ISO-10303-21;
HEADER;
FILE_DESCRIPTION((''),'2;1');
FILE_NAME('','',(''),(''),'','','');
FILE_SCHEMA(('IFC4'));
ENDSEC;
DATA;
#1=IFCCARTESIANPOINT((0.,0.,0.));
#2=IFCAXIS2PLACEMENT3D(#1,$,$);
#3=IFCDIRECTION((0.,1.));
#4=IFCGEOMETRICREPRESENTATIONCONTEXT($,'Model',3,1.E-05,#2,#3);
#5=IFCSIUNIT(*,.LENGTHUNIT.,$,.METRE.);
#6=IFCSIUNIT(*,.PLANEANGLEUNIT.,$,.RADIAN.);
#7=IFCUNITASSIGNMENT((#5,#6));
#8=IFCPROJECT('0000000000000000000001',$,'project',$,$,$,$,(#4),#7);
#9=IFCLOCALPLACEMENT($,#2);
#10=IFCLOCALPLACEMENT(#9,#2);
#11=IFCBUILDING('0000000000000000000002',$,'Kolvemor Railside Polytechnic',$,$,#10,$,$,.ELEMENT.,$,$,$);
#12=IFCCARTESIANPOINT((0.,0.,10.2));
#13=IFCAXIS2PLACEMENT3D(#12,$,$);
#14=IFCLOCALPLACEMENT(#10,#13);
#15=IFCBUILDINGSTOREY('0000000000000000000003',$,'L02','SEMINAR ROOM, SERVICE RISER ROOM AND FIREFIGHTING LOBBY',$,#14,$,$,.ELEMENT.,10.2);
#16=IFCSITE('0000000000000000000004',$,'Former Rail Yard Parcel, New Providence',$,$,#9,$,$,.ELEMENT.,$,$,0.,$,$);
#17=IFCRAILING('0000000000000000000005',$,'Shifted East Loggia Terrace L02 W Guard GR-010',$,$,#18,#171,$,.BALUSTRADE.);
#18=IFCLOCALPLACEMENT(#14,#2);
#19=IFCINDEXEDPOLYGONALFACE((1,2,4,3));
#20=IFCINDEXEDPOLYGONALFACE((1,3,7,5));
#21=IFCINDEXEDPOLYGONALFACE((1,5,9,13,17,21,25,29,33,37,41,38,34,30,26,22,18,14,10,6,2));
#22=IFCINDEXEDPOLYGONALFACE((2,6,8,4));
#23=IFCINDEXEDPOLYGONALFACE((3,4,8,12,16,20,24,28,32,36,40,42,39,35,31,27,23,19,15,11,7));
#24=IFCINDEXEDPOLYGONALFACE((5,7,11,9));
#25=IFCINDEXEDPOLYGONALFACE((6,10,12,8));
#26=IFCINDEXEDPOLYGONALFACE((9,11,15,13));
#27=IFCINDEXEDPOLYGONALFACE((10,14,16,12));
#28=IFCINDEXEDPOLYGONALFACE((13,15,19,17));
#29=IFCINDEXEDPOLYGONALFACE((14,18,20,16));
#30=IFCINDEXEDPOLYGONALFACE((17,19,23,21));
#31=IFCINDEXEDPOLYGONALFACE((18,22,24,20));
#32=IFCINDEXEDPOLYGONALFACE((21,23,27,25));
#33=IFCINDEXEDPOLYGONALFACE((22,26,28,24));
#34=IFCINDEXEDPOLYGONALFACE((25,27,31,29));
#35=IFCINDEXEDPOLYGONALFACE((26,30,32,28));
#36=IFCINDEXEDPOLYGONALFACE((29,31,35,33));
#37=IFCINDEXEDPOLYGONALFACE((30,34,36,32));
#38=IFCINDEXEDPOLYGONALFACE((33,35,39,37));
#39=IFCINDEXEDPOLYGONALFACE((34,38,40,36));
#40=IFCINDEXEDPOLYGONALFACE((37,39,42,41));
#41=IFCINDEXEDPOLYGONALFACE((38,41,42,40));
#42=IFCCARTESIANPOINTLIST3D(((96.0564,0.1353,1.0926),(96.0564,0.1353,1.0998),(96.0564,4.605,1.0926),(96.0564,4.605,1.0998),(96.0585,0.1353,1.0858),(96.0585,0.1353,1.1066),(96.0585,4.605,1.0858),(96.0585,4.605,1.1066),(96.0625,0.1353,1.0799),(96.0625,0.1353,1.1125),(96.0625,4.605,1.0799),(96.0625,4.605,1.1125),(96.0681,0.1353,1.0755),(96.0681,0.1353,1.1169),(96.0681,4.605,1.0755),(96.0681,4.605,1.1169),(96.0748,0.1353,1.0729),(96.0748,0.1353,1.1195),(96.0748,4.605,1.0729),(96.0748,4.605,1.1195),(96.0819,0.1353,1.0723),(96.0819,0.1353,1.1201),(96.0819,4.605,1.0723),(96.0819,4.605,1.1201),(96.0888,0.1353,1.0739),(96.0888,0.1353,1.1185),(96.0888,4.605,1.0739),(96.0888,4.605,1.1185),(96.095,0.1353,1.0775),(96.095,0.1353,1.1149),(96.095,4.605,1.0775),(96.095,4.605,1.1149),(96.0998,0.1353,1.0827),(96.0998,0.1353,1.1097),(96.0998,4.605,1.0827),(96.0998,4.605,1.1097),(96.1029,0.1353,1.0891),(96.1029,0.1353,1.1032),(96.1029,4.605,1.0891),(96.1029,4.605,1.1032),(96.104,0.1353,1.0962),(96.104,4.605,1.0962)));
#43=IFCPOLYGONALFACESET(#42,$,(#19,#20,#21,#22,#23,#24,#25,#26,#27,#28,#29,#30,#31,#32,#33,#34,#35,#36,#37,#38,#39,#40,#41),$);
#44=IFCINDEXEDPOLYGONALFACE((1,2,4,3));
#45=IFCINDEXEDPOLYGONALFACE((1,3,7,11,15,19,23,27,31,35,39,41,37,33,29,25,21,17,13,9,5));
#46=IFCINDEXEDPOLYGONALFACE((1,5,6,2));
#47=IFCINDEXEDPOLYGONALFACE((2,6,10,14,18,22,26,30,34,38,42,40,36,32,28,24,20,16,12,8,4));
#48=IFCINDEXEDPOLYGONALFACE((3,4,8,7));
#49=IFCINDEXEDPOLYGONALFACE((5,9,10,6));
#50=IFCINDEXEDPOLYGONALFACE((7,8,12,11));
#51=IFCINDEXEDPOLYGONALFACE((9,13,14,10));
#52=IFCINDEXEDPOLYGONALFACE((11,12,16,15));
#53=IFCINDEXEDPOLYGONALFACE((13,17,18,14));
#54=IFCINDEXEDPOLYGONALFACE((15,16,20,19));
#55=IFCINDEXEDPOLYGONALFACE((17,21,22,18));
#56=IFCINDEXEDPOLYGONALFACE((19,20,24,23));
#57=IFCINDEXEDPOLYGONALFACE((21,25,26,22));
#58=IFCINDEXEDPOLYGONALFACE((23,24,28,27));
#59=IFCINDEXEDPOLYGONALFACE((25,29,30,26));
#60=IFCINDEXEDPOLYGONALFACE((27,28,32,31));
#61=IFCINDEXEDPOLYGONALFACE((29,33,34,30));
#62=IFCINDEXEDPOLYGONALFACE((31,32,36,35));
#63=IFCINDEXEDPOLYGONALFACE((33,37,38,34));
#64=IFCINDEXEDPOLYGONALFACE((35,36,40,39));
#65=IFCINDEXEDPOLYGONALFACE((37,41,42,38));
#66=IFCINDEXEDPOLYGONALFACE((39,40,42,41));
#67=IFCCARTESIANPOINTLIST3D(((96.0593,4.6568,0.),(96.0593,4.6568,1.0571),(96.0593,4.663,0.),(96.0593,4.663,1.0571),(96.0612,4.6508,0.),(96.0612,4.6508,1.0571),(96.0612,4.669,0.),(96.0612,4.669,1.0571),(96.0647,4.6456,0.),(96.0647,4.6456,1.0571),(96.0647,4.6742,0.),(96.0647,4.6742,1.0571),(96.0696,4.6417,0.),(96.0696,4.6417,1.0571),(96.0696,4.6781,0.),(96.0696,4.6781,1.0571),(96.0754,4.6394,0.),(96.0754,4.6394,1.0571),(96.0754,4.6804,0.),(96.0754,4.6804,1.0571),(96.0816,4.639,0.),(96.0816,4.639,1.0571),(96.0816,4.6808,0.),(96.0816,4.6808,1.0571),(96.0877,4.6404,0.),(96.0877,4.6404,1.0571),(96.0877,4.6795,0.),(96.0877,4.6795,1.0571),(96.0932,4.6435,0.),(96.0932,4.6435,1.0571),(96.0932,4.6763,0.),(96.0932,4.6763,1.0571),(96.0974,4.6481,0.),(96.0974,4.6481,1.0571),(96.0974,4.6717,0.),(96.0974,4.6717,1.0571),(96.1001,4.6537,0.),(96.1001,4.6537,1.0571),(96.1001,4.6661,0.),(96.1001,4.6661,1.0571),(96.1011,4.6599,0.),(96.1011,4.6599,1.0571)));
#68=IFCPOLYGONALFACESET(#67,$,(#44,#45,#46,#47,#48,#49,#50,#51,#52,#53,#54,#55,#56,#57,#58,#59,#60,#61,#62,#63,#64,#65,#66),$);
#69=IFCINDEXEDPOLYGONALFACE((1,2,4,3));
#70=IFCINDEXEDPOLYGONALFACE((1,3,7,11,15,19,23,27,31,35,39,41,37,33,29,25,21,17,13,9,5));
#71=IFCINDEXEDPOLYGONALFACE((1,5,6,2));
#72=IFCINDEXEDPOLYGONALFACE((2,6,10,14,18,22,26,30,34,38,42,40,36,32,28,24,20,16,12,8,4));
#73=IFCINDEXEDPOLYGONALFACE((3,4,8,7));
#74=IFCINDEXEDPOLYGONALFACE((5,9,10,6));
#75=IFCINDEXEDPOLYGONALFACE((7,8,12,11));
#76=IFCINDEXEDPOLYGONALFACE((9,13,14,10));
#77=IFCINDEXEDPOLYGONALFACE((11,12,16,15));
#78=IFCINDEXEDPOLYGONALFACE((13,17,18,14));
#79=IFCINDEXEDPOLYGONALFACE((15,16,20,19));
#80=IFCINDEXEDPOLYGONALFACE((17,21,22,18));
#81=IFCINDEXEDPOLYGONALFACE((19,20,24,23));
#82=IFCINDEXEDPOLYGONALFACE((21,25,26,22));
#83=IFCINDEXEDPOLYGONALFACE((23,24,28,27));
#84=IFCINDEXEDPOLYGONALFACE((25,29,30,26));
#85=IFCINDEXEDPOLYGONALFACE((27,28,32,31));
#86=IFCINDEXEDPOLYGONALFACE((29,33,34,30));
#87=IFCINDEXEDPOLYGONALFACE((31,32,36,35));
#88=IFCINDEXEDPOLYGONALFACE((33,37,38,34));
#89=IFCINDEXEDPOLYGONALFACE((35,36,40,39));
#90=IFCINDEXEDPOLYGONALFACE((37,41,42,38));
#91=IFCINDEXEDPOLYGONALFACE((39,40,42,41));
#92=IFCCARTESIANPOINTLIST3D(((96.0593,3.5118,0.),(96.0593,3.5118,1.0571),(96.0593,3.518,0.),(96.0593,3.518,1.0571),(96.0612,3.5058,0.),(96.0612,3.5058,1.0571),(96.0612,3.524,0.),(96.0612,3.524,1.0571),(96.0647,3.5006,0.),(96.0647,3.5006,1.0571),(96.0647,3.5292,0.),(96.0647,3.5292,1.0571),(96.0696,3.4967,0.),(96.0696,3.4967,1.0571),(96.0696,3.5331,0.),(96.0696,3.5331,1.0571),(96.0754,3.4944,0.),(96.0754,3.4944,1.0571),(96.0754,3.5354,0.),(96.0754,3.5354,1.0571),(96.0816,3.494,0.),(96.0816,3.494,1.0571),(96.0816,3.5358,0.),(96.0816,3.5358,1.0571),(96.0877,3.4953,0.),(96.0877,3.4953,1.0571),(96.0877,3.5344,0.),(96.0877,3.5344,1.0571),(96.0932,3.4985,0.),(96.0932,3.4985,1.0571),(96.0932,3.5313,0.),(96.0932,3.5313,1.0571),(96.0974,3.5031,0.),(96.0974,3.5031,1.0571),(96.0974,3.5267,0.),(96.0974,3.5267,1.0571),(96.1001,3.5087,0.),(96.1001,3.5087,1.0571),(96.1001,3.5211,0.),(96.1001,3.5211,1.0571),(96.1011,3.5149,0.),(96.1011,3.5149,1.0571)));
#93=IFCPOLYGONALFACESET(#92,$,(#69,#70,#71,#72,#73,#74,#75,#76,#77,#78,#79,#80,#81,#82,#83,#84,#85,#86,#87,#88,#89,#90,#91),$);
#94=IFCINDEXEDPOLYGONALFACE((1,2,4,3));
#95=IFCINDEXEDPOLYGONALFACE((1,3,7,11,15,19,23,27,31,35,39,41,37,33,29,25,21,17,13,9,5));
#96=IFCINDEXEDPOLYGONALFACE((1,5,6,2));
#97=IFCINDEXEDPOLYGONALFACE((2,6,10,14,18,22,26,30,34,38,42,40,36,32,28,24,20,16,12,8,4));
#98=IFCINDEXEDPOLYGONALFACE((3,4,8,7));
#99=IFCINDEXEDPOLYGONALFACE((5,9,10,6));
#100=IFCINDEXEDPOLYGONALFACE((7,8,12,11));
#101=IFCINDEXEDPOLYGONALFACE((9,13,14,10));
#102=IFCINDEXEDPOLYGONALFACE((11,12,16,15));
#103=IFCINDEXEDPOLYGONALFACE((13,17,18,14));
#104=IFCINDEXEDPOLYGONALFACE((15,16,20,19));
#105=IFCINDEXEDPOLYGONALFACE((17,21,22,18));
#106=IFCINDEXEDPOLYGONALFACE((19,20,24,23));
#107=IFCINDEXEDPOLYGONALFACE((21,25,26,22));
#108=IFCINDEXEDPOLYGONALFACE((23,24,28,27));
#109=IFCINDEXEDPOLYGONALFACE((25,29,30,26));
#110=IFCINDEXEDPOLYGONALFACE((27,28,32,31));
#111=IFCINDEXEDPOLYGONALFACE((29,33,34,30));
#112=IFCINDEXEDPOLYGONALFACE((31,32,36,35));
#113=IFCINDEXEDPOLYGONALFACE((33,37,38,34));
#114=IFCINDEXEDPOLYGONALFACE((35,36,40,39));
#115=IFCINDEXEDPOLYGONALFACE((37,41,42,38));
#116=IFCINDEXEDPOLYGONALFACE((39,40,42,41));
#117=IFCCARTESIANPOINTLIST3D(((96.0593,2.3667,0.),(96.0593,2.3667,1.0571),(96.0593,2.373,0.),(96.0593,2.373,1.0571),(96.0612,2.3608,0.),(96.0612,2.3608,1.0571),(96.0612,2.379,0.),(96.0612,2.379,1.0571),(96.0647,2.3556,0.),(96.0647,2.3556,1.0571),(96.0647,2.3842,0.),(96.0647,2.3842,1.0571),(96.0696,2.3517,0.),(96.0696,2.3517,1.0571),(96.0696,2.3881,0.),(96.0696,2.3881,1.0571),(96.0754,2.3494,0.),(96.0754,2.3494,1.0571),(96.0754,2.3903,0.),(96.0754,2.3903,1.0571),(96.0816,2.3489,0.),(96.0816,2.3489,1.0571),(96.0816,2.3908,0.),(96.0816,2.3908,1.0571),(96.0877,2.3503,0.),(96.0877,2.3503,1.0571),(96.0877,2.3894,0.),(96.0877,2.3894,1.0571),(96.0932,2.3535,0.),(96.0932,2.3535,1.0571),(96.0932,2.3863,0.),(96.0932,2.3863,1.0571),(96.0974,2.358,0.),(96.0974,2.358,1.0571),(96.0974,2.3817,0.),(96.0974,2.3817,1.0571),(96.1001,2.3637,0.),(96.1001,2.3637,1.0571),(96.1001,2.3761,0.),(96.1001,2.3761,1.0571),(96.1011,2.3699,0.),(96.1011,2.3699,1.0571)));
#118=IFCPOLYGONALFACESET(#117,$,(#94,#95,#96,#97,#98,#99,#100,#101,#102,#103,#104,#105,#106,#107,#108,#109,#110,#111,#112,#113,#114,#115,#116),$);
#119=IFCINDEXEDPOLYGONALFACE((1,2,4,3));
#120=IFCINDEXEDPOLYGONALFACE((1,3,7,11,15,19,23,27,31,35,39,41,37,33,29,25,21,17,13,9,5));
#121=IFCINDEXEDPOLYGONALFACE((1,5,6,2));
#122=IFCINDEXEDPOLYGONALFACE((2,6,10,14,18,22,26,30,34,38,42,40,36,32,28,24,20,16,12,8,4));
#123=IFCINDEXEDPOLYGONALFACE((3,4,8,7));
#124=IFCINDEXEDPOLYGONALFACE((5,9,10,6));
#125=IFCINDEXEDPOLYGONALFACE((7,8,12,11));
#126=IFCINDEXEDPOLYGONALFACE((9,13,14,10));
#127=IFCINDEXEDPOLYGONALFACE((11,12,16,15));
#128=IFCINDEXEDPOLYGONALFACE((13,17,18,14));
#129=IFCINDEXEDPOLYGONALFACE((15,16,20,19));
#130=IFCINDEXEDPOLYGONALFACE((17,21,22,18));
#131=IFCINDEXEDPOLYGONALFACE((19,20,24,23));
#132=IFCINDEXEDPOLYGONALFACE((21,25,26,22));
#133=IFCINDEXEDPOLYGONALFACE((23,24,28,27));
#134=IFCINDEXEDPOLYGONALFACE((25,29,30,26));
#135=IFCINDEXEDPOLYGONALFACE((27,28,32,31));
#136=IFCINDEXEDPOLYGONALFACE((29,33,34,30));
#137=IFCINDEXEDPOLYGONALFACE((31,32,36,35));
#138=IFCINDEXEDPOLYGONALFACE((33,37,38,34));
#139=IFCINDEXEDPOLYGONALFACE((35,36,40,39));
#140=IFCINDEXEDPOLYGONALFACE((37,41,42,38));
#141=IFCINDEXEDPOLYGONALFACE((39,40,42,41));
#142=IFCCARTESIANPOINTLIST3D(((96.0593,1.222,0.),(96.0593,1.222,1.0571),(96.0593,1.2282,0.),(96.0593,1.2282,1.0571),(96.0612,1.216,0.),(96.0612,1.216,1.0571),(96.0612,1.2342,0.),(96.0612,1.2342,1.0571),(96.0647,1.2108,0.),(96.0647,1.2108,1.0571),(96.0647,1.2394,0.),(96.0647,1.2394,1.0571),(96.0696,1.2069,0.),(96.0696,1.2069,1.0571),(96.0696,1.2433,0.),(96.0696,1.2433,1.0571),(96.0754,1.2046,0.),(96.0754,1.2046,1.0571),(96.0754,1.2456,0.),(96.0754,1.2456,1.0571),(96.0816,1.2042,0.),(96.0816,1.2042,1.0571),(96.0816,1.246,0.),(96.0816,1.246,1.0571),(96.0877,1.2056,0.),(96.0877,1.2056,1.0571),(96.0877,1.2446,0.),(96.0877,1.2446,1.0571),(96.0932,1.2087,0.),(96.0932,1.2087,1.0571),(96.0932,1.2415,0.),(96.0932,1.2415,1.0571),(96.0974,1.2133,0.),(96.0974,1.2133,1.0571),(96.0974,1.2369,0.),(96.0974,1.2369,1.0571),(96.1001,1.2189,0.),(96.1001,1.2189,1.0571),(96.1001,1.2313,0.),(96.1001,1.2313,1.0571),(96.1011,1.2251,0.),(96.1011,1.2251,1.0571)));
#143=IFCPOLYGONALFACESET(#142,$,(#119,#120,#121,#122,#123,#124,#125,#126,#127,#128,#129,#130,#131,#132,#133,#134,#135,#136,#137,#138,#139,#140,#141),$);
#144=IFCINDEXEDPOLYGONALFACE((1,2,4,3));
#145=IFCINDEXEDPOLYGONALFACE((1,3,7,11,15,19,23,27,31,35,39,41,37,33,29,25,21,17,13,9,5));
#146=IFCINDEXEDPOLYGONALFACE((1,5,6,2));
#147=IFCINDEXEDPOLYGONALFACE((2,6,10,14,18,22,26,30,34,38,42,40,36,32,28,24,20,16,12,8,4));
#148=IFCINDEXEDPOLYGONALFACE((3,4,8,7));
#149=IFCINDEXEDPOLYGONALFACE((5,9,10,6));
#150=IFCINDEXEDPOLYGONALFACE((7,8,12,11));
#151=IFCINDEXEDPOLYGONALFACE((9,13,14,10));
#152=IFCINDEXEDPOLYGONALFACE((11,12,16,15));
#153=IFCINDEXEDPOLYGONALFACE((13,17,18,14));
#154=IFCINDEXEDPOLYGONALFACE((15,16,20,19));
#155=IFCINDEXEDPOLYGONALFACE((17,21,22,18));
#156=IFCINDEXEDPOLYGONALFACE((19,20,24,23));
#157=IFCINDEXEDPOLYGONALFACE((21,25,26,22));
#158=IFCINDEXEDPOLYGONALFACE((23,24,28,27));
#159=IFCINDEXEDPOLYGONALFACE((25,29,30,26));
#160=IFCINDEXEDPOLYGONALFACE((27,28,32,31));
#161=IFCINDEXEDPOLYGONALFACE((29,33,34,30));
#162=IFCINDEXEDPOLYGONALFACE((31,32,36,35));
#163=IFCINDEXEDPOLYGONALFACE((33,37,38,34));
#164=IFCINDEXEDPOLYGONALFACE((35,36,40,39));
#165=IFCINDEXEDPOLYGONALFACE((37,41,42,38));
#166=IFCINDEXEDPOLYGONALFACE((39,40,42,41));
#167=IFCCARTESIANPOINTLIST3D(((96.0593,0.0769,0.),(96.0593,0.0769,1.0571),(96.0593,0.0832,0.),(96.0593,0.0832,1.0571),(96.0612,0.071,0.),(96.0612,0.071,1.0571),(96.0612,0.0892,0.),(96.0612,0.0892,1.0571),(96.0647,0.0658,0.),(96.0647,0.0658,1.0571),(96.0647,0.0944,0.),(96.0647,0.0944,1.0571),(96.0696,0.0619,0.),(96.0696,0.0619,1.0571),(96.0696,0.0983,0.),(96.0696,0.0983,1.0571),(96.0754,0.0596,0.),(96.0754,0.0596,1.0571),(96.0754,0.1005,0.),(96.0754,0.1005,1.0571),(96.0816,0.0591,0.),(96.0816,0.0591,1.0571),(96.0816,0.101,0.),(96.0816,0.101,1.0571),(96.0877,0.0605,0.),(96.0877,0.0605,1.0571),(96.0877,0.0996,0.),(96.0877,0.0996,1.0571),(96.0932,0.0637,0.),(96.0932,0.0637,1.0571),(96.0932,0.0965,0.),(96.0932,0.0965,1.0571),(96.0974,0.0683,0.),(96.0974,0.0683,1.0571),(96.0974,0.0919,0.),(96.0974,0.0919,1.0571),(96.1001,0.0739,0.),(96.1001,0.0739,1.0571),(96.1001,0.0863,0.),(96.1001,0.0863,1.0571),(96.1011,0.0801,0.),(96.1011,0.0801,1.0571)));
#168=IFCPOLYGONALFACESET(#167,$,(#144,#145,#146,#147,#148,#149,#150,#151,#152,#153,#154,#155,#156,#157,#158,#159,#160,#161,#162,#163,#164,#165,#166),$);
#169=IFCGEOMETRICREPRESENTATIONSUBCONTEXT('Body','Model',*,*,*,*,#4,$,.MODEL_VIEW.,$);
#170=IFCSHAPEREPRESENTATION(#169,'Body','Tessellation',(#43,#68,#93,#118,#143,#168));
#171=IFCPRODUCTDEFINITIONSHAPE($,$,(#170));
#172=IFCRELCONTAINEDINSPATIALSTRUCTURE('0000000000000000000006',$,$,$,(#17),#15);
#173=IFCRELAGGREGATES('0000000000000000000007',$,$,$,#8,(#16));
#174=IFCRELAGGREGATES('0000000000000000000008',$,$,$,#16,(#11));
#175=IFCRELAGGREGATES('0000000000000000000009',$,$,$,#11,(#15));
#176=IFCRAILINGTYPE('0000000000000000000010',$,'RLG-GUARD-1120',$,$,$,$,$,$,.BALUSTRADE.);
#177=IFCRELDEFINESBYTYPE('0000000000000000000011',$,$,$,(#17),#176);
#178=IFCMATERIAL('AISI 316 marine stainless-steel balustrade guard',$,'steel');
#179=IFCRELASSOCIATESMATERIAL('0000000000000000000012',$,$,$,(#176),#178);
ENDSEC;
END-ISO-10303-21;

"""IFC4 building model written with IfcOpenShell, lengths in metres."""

from ifc_helpers import new_model, si_unit, direction, frame, origin, origin_2d, place, context, subcontext, project, spatial, circle, extrude, material, type_object, element, save


model = new_model("IFC4")

# Units and contexts
model_context = context("Model", 3, precision=1e-05, world=origin(), true_north=direction((0.0, 1.0)))
body_context = subcontext(model_context, "Body", "Model", "MODEL_VIEW")
ifc_project = project(units=[si_unit("LENGTHUNIT", "METRE"), si_unit("PLANEANGLEUNIT", "RADIAN")], contexts=[model_context])

# Site, building, storey
site_placement = place(None, origin())
site = spatial("IfcSite", under=ifc_project, at=site_placement, Name="Former Rail Yard Parcel, New Providence", CompositionType="ELEMENT", RefElevation=0.0)
building_placement = place(site_placement, origin())
building = spatial("IfcBuilding", under=site, at=building_placement, Name="Kolvemor Railside Polytechnic", CompositionType="ELEMENT")
storey_placement = place(building_placement, frame((0.0, 0.0, 10.2)))
storey = spatial("IfcBuildingStorey", under=building, at=storey_placement, Name="L02", Description="SEMINAR ROOM, SERVICE RISER ROOM AND FIREFIGHTING LOBBY", CompositionType="ELEMENT", Elevation=10.2)

# Railing
ifc_material_1 = material(Name="AISI 316 marine stainless-steel balustrade guard", Category="steel")
railing_type_1 = type_object("IfcRailingType", Name="RLG-GUARD-1120", PredefinedType="BALUSTRADE", material=ifc_material_1)
railing_1_placement = place(storey_placement, frame((96.0801, 4.6599, 0.0)))
element("IfcRailing", 1, at=railing_1_placement, inside=storey, type_object=railing_type_1, Name="Shifted East Loggia Terrace L02 W Guard GR-010", PredefinedType="BALUSTRADE", context=body_context, shape_type="SweptSolid", body=[
    extrude(circle(Radius=0.0239, at=origin_2d()), frame((0.0, -0.0549, 1.0962), z_axis=(0.0, -1.0, 0.0), x_axis=(1.0, 0.0, 0.0)), (0.0, 0.0, 1.0), 4.4697),
    extrude(circle(Radius=0.021, at=origin_2d()), origin(), (0.0, 0.0, 1.0), 1.0571),
    extrude(circle(Radius=0.021, at=origin_2d()), frame((0.0, -1.145, 0.0)), (0.0, 0.0, 1.0), 1.0571),
    extrude(circle(Radius=0.021, at=origin_2d()), frame((0.0, -2.29, 0.0)), (0.0, 0.0, 1.0), 1.0571),
    extrude(circle(Radius=0.021, at=origin_2d()), frame((0.0, -3.4348, 0.0)), (0.0, 0.0, 1.0), 1.0571),
    extrude(circle(Radius=0.021, at=origin_2d()), frame((0.0, -4.5798, 0.0)), (0.0, 0.0, 1.0), 1.0571),
])

save(model, "model.ifc")
